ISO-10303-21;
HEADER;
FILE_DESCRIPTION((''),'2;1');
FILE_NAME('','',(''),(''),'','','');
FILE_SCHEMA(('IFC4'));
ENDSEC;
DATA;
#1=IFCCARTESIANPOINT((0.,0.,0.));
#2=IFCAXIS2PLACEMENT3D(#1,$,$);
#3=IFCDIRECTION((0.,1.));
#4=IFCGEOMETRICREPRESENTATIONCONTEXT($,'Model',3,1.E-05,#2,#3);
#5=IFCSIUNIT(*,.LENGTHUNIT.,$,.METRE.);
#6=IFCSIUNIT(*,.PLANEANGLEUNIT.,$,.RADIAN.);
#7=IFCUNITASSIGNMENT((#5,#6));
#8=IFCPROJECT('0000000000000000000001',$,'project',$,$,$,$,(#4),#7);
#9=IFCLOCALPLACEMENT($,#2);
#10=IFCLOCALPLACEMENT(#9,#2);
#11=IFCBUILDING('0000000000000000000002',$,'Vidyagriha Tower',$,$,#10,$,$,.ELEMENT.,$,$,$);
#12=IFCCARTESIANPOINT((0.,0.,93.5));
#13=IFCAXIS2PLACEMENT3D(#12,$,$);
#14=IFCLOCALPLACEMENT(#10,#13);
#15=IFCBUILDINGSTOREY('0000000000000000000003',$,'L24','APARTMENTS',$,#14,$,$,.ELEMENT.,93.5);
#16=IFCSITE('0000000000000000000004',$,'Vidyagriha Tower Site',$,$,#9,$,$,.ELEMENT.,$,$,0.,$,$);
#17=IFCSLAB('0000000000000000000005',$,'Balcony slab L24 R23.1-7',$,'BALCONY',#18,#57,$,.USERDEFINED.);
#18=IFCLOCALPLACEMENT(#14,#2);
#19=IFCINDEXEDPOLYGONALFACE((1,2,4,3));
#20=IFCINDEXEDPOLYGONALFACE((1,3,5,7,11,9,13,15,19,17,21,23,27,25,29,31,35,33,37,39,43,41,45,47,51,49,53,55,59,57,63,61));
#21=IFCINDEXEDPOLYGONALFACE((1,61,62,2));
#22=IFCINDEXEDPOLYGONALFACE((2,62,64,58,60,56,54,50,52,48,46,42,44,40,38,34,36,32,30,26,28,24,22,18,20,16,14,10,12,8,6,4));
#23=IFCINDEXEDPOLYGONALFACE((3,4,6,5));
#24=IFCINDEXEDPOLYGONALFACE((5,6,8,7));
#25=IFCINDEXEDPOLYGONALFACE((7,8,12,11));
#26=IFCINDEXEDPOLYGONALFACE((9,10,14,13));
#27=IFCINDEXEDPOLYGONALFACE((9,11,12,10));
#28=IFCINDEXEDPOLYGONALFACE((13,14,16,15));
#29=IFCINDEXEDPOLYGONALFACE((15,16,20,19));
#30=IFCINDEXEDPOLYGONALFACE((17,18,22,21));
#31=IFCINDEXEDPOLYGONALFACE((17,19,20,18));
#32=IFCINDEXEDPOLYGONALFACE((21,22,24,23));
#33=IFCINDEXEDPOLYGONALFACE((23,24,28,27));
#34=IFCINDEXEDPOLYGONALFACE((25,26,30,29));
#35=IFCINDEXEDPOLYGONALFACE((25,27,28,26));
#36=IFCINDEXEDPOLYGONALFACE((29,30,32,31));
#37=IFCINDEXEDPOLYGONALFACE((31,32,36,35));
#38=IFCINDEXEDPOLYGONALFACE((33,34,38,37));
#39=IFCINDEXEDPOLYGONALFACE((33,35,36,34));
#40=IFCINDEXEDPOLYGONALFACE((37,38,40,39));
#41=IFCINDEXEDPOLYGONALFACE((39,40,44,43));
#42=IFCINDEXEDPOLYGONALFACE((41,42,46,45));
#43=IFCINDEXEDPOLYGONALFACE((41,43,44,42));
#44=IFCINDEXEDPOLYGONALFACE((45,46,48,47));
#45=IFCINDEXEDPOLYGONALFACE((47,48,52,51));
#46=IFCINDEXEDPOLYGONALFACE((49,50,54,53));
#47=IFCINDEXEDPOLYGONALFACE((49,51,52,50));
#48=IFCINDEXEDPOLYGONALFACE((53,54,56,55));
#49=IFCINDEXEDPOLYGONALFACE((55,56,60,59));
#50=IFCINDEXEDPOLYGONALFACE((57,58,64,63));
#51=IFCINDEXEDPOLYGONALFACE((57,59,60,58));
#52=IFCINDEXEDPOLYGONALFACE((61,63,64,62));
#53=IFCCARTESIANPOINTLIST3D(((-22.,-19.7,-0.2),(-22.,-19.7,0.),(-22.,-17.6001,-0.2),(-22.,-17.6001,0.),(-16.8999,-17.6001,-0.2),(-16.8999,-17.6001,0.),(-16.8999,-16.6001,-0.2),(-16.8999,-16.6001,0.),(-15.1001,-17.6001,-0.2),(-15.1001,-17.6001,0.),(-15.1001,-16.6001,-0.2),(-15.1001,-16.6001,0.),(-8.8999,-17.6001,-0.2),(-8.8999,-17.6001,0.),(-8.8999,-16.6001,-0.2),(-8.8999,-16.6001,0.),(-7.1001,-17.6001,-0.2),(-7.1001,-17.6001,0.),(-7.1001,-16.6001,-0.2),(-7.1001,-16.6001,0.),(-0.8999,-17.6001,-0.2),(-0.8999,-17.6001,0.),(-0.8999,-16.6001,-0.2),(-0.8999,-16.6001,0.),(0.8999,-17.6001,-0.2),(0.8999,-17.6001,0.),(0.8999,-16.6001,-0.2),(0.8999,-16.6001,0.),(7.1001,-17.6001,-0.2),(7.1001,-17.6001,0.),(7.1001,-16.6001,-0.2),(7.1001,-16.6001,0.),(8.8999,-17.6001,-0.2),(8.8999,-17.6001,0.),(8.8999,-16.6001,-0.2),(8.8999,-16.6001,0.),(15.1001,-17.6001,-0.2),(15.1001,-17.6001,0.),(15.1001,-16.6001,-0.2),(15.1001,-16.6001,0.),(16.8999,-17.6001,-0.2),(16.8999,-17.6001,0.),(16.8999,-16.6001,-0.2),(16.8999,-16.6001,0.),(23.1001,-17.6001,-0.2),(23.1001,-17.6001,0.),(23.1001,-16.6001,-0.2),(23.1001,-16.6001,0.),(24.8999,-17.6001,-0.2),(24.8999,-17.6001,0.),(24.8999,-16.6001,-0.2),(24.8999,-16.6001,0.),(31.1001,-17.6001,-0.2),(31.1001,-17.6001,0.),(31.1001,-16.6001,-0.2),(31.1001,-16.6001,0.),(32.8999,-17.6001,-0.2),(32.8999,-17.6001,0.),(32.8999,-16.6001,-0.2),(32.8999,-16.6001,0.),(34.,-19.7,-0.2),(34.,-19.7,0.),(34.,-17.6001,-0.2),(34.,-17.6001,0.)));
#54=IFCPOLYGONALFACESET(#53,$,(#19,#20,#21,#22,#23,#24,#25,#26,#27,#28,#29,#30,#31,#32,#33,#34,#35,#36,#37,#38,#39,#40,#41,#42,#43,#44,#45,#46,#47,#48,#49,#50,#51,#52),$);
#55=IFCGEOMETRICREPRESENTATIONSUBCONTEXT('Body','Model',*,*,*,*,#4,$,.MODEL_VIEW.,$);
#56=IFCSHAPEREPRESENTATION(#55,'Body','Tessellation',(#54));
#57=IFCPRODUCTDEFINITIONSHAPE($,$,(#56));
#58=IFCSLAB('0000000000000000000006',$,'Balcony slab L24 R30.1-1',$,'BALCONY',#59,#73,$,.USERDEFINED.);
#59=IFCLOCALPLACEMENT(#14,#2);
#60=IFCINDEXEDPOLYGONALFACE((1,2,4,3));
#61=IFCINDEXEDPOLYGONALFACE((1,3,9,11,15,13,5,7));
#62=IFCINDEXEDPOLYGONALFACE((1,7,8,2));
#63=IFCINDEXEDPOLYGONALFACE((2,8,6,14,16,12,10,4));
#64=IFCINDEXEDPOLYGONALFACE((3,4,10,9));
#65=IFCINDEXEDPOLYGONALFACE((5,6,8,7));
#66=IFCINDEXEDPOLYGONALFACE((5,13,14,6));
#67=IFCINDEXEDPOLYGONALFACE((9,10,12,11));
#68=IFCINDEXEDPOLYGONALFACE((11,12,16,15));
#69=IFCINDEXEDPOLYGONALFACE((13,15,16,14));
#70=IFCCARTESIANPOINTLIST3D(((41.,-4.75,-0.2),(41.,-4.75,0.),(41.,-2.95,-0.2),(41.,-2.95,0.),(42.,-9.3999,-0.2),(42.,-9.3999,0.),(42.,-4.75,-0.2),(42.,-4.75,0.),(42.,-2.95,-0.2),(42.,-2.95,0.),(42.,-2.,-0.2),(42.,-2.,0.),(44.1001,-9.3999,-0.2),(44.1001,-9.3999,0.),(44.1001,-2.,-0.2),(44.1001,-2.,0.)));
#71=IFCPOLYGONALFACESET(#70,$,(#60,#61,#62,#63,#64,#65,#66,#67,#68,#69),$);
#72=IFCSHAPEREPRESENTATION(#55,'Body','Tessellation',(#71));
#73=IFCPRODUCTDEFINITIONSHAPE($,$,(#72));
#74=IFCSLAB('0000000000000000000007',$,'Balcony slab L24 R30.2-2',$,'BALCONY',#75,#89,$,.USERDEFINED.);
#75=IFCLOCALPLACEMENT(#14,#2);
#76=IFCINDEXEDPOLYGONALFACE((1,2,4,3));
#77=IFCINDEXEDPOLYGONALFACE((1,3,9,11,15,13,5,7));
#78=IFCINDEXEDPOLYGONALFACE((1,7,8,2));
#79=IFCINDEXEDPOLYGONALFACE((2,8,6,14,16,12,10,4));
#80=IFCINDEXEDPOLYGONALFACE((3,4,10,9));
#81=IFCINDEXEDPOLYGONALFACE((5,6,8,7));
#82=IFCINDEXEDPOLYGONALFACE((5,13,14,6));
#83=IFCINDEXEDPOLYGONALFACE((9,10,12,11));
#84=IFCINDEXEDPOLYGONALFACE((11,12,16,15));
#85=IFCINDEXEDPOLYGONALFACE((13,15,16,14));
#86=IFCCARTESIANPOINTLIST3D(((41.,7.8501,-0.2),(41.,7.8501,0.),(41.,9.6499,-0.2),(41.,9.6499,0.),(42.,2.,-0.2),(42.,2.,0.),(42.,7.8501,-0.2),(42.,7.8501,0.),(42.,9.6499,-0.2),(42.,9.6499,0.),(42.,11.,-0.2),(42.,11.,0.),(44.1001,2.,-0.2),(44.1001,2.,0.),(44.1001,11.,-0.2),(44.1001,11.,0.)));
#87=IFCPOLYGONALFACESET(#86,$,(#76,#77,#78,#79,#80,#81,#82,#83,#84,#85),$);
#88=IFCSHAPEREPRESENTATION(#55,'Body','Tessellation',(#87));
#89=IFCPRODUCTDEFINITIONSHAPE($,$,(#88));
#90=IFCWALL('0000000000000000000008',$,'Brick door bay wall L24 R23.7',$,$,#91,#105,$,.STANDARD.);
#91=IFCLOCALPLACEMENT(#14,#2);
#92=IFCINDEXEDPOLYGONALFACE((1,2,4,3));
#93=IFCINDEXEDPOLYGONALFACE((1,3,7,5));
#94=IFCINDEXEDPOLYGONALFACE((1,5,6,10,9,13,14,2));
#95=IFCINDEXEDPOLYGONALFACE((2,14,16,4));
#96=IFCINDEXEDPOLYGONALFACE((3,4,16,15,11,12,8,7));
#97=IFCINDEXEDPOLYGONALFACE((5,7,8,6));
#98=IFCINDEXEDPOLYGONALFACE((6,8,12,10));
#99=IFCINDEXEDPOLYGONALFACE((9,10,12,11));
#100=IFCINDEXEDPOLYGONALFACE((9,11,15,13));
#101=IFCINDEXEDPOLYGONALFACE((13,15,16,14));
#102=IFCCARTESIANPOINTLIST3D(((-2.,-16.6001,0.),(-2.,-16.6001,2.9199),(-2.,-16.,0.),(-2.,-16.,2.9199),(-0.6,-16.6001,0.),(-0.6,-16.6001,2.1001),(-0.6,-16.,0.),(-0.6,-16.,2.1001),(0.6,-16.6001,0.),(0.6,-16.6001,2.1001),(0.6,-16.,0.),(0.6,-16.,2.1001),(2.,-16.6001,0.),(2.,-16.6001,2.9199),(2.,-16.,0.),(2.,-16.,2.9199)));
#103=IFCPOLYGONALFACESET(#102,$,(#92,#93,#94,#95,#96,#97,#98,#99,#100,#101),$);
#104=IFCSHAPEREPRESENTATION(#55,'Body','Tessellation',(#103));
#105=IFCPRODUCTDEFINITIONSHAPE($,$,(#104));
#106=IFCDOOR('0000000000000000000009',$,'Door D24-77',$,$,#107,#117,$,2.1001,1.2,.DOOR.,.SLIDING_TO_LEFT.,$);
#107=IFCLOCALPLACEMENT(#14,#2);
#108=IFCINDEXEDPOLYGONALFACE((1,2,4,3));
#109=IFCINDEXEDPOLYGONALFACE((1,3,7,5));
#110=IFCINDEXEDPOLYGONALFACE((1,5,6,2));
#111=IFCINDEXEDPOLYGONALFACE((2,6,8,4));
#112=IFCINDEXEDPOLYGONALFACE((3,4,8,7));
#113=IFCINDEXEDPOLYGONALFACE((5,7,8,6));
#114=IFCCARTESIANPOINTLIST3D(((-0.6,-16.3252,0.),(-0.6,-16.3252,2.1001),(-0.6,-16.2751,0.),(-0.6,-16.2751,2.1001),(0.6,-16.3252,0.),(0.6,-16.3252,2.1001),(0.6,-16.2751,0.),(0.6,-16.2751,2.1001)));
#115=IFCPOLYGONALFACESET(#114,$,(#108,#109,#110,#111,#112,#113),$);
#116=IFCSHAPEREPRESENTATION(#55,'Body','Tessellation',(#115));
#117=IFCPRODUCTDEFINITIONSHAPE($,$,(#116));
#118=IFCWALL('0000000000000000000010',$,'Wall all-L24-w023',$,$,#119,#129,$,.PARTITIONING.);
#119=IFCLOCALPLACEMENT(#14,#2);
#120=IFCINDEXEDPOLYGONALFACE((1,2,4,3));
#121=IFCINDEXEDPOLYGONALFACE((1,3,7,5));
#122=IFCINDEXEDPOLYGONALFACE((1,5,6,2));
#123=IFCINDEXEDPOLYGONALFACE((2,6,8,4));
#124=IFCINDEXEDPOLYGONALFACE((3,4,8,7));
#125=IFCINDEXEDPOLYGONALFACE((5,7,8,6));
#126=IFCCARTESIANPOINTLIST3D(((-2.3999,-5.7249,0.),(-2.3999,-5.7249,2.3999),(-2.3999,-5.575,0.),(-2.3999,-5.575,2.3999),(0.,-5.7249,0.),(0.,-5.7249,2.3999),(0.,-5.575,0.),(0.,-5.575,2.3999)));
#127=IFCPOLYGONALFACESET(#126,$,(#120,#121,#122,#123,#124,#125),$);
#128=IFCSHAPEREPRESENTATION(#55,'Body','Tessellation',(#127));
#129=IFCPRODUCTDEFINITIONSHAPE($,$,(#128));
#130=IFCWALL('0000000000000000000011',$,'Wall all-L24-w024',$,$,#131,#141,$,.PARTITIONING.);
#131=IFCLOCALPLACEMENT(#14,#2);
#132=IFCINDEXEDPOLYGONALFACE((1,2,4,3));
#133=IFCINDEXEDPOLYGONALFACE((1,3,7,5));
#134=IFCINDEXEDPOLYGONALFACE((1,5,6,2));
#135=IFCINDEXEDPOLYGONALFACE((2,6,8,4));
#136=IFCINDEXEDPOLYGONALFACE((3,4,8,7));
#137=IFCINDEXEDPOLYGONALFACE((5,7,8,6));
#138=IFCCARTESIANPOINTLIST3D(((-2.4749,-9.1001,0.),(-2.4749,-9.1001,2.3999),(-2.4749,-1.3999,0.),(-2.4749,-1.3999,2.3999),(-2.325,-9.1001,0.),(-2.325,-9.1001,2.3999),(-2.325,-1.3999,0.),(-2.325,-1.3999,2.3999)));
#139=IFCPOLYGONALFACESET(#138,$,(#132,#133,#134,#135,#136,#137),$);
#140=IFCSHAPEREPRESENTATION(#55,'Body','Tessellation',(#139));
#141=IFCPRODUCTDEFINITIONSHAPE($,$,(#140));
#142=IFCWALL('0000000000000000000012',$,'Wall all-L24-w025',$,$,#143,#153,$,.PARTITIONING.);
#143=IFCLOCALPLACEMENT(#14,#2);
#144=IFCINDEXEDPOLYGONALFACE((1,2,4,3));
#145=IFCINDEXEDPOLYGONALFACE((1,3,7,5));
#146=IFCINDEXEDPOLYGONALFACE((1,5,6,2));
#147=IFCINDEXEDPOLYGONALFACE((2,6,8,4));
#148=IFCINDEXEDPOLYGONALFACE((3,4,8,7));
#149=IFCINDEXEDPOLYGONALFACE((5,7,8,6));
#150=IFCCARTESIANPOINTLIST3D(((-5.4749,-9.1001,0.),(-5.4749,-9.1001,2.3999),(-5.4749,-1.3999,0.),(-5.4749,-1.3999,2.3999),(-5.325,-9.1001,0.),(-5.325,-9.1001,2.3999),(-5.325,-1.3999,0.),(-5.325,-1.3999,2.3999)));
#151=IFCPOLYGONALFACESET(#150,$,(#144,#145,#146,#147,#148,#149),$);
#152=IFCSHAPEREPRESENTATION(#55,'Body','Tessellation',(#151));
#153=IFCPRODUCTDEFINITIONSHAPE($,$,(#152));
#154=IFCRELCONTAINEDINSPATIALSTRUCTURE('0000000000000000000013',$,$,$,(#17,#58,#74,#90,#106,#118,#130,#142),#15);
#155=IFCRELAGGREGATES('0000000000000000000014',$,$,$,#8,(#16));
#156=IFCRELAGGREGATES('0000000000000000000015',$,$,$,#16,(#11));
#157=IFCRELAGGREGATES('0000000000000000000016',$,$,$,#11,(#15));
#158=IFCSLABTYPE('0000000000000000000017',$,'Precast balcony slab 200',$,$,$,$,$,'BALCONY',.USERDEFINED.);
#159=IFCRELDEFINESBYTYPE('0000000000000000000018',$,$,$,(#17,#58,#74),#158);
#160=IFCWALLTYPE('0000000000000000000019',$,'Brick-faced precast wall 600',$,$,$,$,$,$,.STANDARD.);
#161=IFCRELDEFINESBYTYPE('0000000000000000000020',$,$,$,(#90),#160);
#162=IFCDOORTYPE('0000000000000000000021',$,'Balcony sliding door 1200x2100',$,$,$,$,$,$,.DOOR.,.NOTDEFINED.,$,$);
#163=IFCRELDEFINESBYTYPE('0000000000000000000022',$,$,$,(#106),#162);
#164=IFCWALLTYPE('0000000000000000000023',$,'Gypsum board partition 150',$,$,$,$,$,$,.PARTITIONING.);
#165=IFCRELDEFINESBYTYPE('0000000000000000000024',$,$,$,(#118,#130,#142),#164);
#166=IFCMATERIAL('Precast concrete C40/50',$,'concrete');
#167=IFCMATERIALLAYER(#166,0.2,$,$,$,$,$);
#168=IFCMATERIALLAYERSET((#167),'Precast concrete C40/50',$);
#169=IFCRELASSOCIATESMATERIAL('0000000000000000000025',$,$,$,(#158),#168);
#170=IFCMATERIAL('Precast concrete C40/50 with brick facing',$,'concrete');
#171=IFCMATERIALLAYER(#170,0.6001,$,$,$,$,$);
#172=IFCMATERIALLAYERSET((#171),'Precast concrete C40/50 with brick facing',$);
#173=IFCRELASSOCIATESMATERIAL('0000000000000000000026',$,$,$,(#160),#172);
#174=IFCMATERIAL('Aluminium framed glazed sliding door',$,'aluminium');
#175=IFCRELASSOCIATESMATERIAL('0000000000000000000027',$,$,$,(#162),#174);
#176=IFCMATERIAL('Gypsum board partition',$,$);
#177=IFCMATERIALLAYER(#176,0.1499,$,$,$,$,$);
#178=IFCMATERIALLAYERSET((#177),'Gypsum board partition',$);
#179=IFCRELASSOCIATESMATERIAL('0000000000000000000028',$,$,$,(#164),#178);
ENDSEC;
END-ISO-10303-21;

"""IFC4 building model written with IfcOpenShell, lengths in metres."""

from ifc_helpers import new_model, si_unit, direction, frame, frame_2d, origin, place, context, subcontext, project, spatial, polyline, rectangle, outline, extrude, material, layer, layer_set, type_object, element, fill, save


model = new_model("IFC4")

# Units and contexts
model_context = context("Model", 3, precision=1e-05, world=origin(), true_north=direction((0.0, 1.0)))
body_context = subcontext(model_context, "Body", "Model", "MODEL_VIEW")
ifc_project = project(units=[si_unit("LENGTHUNIT", "METRE"), si_unit("PLANEANGLEUNIT", "RADIAN")], contexts=[model_context])

# Site, building, storey
site_placement = place(None, origin())
site = spatial("IfcSite", under=ifc_project, at=site_placement, Name="Vidyagriha Tower Site", CompositionType="ELEMENT", RefElevation=0.0)
building_placement = place(site_placement, origin())
building = spatial("IfcBuilding", under=site, at=building_placement, Name="Vidyagriha Tower", CompositionType="ELEMENT")
storey_placement = place(building_placement, frame((0.0, 0.0, 93.5)))
storey = spatial("IfcBuildingStorey", under=building, at=storey_placement, Name="L24", Description="APARTMENTS", CompositionType="ELEMENT", Elevation=93.5)

# Slabs
ifc_material_1 = material(Name="Precast concrete C40/50", Category="concrete")
ifc_layer_1 = layer(ifc_material_1, 0.2)
ifc_layer_set_1 = layer_set([ifc_layer_1], Name="Precast concrete C40/50")
slab_type_1 = type_object("IfcSlabType", Name="Precast balcony slab 200", ElementType="BALCONY", PredefinedType="USERDEFINED", material=ifc_layer_set_1)
slab_1_placement = place(storey_placement, frame((0.0, 0.0, -0.2)))
element("IfcSlab", 1, at=slab_1_placement, inside=storey, type_object=slab_type_1, Name="Balcony slab L24 R23.1-7", ObjectType="BALCONY", PredefinedType="USERDEFINED", context=body_context, shape_type="SweptSolid", body=[
    extrude(outline(polyline([(-15.1001, -16.6001), (-16.8999, -16.6001), (-16.8999, -17.6001), (-22.0, -17.6001), (-22.0, -19.7), (34.0, -19.7), (34.0, -17.6001), (32.8999, -17.6001), (32.8999, -16.6001), (31.1001, -16.6001), (31.1001, -17.6001), (24.8999, -17.6001), (24.8999, -16.6001), (23.1001, -16.6001), (23.1001, -17.6001), (16.8999, -17.6001), (16.8999, -16.6001), (15.1001, -16.6001), (15.1001, -17.6001), (8.8999, -17.6001), (8.8999, -16.6001), (7.1001, -16.6001), (7.1001, -17.6001), (0.8999, -17.6001), (0.8999, -16.6001), (-0.8999, -16.6001), (-0.8999, -17.6001), (-7.1001, -17.6001), (-7.1001, -16.6001), (-8.8999, -16.6001), (-8.8999, -17.6001), (-15.1001, -17.6001), (-15.1001, -16.6001)])), origin(), (0.0, 0.0, 1.0), 0.2),
])
slab_2_placement = place(storey_placement, frame((0.0, 0.0, -0.2)))
element("IfcSlab", 2, at=slab_2_placement, inside=storey, type_object=slab_type_1, Name="Balcony slab L24 R30.1-1", ObjectType="BALCONY", PredefinedType="USERDEFINED", context=body_context, shape_type="SweptSolid", body=[
    extrude(outline(polyline([(42.0, -4.75), (42.0, -9.3999), (44.1001, -9.3999), (44.1001, -2.0), (42.0, -2.0), (42.0, -2.95), (41.0, -2.95), (41.0, -4.75), (42.0, -4.75)])), origin(), (0.0, 0.0, 1.0), 0.2),
])
slab_3_placement = place(storey_placement, frame((0.0, 0.0, -0.2)))
element("IfcSlab", 3, at=slab_3_placement, inside=storey, type_object=slab_type_1, Name="Balcony slab L24 R30.2-2", ObjectType="BALCONY", PredefinedType="USERDEFINED", context=body_context, shape_type="SweptSolid", body=[
    extrude(outline(polyline([(42.0, 7.8501), (42.0, 2.0), (44.1001, 2.0), (44.1001, 11.0), (42.0, 11.0), (42.0, 9.6499), (41.0, 9.6499), (41.0, 7.8501), (42.0, 7.8501)])), origin(), (0.0, 0.0, 1.0), 0.2),
])

# Wall, opening, door
ifc_material_2 = material(Name="Precast concrete C40/50 with brick facing", Category="concrete")
ifc_layer_2 = layer(ifc_material_2, 0.6001)
ifc_layer_set_2 = layer_set([ifc_layer_2], Name="Precast concrete C40/50 with brick facing")
wall_type_1 = type_object("IfcWallType", Name="Brick-faced precast wall 600", PredefinedType="STANDARD", material=ifc_layer_set_2)
wall_1_placement = place(storey_placement, frame((-2.0, -16.3, 0.0)))
wall_1 = element("IfcWall", 4, at=wall_1_placement, inside=storey, type_object=wall_type_1, Name="Brick door bay wall L24 R23.7", PredefinedType="STANDARD", context=body_context, shape_type="SweptSolid", body=[
    extrude(rectangle(XDim=4.0, YDim=0.6001, at=frame_2d((2.0, 0.0))), origin(), (0.0, 0.0, 1.0), 2.9199),
])
opening_1_placement = place(wall_1_placement, frame((1.3999, 0.0, 0.0)))
opening_1 = element("IfcOpeningElement", 5, at=opening_1_placement, cuts=wall_1, PredefinedType="OPENING", context=body_context, shape_type="SweptSolid", body=[
    extrude(rectangle(XDim=1.2, YDim=2.1001, at=frame_2d((0.6001, 1.05))), frame((0.0, 0.3101, 0.0), z_axis=(0.0, -1.0, 0.0), x_axis=(1.0, 0.0, 0.0)), (0.0, 0.0, 1.0), 0.6201),
])
ifc_material_3 = material(Name="Aluminium framed glazed sliding door", Category="aluminium")
door_type_1 = type_object("IfcDoorType", Name="Balcony sliding door 1200x2100", OperationType="NOTDEFINED", PredefinedType="DOOR", material=ifc_material_3)
door_1_placement = place(opening_1_placement, origin())
door_1 = element("IfcDoor", 6, at=door_1_placement, inside=storey, type_object=door_type_1, Name="Door D24-77", OperationType="SLIDING_TO_LEFT", OverallHeight=2.1001, OverallWidth=1.2, PredefinedType="DOOR", context=body_context, shape_type="SweptSolid", body=[
    extrude(rectangle(XDim=1.2, YDim=2.1001, at=frame_2d((0.6001, 1.05))), frame((0.0, 0.0249, 0.0), z_axis=(0.0, -1.0, 0.0), x_axis=(1.0, 0.0, 0.0)), (0.0, 0.0, 1.0), 0.05),
])
fill(opening_1, door_1)

# Walls
ifc_material_4 = material(Name="Gypsum board partition")
ifc_layer_3 = layer(ifc_material_4, 0.1499)
ifc_layer_set_3 = layer_set([ifc_layer_3], Name="Gypsum board partition")
wall_type_2 = type_object("IfcWallType", Name="Gypsum board partition 150", PredefinedType="PARTITIONING", material=ifc_layer_set_3)
wall_2_placement = place(storey_placement, frame((0.0, -5.6499, 0.0), z_axis=(0.0, 0.0, 1.0), x_axis=(-1.0, 0.0, 0.0)))
element("IfcWall", 7, at=wall_2_placement, inside=storey, type_object=wall_type_2, Name="Wall all-L24-w023", PredefinedType="PARTITIONING", context=body_context, shape_type="SweptSolid", body=[
    extrude(rectangle(XDim=2.3999, YDim=0.1499, at=frame_2d((1.2, 0.0))), origin(), (0.0, 0.0, 1.0), 2.3999),
])
for number, where, z_axis, x_axis, name in (
    (8, (-2.3999, -9.1001, 0.0), (0.0, 0.0, 1.0), (0.0, 1.0, 0.0), "Wall all-L24-w024"),
    (9, (-5.3999, -9.1001, 0.0), (0.0, 0.0, 1.0), (0.0, 1.0, 0.0), "Wall all-L24-w025"),
):
    element("IfcWall", number, at=place(storey_placement, frame(where, z_axis=z_axis, x_axis=x_axis)), inside=storey, type_object=wall_type_2, Name=name, PredefinedType="PARTITIONING", context=body_context, shape_type="SweptSolid", body=[
        extrude(rectangle(XDim=7.7002, YDim=0.1499, at=frame_2d((3.8501, 0.0))), origin(), (0.0, 0.0, 1.0), 2.3999),
    ])

save(model, "model.ifc")
